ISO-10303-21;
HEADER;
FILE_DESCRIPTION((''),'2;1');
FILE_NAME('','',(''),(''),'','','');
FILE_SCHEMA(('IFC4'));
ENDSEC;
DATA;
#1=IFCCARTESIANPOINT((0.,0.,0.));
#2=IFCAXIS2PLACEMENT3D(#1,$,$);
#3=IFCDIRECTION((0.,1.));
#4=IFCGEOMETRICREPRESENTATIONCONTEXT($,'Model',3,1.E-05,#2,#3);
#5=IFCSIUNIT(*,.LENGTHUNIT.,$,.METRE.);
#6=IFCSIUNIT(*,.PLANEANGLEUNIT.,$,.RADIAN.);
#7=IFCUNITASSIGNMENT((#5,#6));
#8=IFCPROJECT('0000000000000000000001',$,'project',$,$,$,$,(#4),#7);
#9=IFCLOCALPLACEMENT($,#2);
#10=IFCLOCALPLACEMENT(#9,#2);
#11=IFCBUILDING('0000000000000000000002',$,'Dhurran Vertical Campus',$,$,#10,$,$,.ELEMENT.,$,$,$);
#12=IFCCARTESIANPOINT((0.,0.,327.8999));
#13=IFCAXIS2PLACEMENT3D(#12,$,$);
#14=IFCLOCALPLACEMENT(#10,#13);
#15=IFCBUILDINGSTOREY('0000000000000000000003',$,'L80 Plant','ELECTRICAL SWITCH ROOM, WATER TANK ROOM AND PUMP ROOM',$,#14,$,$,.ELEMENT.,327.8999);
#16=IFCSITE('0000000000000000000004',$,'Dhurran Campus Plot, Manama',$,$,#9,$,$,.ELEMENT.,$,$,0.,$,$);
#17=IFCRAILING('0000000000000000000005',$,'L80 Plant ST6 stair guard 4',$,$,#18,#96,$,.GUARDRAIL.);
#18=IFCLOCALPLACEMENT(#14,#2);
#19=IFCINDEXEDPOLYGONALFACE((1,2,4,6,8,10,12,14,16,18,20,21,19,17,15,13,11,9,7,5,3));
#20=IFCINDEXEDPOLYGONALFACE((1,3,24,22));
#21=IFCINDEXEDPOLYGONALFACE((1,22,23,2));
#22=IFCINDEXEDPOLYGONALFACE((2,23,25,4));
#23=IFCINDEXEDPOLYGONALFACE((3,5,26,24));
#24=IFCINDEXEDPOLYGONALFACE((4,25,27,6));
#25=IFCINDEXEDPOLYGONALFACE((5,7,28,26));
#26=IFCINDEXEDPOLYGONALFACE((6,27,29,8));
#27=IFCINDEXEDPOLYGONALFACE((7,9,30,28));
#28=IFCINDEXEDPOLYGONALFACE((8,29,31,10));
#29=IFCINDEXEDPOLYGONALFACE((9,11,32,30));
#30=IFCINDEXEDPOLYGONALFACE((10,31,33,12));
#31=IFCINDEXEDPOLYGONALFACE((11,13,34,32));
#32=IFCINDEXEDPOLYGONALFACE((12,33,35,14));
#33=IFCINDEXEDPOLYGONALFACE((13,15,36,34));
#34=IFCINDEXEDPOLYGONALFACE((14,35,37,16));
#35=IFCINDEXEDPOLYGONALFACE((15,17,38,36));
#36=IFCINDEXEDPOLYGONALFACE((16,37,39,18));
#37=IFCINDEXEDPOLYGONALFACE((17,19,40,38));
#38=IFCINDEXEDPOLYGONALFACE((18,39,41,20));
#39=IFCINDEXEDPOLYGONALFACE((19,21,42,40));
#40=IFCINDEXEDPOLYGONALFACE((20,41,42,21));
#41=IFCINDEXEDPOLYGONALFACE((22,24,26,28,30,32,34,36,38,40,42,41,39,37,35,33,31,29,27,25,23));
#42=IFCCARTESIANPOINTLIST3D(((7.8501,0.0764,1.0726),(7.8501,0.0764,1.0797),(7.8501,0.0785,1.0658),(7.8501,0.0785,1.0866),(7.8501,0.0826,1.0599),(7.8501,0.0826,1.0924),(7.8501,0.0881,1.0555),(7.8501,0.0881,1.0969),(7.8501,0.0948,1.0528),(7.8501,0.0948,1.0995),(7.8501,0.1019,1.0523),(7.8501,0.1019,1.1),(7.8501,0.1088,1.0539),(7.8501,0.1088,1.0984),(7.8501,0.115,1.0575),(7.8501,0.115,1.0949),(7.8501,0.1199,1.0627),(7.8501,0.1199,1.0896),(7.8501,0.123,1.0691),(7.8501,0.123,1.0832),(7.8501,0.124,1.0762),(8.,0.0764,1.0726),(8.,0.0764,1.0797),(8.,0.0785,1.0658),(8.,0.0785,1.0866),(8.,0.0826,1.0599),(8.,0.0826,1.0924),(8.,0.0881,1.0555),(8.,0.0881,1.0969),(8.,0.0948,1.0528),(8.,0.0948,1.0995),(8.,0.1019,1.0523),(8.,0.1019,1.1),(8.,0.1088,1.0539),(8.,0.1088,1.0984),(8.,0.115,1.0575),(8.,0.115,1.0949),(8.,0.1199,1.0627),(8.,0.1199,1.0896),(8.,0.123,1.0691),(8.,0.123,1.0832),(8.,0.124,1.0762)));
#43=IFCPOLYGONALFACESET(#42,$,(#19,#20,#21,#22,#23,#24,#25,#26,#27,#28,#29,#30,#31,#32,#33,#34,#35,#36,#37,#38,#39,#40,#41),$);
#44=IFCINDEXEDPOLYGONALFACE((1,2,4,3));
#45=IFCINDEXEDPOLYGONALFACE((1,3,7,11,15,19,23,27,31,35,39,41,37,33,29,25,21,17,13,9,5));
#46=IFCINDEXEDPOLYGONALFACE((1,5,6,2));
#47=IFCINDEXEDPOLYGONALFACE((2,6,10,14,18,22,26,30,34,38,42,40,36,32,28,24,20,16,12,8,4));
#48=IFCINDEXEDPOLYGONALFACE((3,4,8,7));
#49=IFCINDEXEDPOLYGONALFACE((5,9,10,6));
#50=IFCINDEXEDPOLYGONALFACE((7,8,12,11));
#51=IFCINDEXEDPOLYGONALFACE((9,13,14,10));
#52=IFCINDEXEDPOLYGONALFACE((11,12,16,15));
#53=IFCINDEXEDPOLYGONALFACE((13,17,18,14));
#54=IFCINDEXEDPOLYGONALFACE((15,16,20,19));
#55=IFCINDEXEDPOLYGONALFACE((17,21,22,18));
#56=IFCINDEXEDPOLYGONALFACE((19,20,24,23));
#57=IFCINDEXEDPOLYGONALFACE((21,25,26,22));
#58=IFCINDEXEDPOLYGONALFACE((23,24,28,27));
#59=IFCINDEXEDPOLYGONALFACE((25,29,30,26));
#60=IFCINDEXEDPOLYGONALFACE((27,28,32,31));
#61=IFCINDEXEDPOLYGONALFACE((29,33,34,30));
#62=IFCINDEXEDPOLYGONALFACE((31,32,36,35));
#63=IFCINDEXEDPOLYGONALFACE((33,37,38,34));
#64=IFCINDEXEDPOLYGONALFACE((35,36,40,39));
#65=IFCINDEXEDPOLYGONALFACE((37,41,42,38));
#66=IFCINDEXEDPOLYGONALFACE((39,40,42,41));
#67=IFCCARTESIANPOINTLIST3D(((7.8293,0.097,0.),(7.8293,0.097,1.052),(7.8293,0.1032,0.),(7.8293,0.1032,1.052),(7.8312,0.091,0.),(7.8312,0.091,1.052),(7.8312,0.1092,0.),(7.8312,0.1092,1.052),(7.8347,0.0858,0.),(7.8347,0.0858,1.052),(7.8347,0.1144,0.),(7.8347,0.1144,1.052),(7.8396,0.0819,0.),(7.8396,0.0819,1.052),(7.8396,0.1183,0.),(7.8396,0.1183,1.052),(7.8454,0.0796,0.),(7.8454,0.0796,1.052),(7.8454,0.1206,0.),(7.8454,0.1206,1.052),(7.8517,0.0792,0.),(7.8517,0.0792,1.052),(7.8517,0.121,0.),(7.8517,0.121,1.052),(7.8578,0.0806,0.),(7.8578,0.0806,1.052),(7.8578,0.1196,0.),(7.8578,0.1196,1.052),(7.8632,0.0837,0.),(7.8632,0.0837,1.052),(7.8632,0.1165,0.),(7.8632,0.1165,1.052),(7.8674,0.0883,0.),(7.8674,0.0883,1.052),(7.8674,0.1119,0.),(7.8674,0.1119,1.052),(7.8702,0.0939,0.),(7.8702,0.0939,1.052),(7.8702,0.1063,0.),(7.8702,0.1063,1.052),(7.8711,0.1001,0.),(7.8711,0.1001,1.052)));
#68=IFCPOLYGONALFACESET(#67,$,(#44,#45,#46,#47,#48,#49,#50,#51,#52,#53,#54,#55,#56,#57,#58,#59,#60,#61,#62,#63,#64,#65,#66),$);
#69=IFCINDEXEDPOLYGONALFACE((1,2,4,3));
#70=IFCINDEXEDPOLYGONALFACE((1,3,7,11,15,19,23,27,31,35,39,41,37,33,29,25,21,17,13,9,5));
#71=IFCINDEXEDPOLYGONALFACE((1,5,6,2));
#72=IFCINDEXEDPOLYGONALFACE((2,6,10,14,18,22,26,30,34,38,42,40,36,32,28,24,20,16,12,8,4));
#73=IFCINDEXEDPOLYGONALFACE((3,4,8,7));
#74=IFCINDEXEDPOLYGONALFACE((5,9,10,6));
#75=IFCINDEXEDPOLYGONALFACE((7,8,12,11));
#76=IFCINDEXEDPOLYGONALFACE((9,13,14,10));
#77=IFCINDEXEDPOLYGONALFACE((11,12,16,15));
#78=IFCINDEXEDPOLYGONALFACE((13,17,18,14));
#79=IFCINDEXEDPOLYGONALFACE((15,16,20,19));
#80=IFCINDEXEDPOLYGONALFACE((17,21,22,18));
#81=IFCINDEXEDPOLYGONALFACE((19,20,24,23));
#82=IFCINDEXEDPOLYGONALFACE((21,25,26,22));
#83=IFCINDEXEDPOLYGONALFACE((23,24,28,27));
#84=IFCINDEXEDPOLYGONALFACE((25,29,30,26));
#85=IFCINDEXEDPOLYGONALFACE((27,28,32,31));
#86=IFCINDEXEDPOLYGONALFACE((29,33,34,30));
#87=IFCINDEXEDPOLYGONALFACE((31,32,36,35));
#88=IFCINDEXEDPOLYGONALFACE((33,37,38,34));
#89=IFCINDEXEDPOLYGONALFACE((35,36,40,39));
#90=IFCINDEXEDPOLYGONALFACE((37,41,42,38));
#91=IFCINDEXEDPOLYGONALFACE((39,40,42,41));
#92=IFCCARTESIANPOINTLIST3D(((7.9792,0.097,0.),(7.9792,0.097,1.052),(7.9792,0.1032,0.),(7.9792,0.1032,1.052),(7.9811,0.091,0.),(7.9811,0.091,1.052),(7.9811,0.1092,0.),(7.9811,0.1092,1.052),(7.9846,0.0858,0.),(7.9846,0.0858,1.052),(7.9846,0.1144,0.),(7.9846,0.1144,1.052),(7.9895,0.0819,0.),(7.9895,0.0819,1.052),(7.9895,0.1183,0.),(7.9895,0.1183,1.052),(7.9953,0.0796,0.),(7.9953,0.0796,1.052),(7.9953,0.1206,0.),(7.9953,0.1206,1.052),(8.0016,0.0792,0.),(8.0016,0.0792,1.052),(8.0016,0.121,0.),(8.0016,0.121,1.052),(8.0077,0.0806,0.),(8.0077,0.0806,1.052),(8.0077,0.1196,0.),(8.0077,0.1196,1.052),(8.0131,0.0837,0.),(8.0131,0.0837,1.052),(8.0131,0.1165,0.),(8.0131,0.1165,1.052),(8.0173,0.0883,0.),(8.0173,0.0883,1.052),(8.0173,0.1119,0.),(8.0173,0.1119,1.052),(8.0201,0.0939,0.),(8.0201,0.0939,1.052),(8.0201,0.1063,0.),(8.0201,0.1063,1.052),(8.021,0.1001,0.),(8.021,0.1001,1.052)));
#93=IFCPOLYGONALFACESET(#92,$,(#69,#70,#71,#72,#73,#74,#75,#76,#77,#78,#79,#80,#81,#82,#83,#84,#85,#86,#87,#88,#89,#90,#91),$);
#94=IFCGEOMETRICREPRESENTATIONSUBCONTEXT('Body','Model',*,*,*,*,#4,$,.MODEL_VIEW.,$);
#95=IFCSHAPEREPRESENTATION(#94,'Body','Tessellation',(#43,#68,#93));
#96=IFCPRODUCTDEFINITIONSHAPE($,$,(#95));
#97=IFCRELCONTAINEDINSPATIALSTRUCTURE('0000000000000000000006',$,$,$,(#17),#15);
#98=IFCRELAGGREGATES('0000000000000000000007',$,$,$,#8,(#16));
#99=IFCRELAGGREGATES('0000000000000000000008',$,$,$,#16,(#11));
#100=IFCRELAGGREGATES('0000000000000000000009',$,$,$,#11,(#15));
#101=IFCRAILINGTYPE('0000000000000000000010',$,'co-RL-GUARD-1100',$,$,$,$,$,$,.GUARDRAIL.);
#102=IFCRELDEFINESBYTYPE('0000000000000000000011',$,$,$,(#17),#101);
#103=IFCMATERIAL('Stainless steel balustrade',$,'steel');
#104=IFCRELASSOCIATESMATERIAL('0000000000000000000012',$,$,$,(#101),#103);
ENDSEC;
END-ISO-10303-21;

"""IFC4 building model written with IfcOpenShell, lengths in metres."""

from ifc_helpers import new_model, si_unit, direction, frame, origin, origin_2d, place, context, subcontext, project, spatial, circle, extrude, material, type_object, element, save


model = new_model("IFC4")

# Units and contexts
model_context = context("Model", 3, precision=1e-05, world=origin(), true_north=direction((0.0, 1.0)))
body_context = subcontext(model_context, "Body", "Model", "MODEL_VIEW")
ifc_project = project(units=[si_unit("LENGTHUNIT", "METRE"), si_unit("PLANEANGLEUNIT", "RADIAN")], contexts=[model_context])

# Site, building, storey
site_placement = place(None, origin())
site = spatial("IfcSite", under=ifc_project, at=site_placement, Name="Dhurran Campus Plot, Manama", CompositionType="ELEMENT", RefElevation=0.0)
building_placement = place(site_placement, origin())
building = spatial("IfcBuilding", under=site, at=building_placement, Name="Dhurran Vertical Campus", CompositionType="ELEMENT")
storey_placement = place(building_placement, frame((0.0, 0.0, 327.8999)))
storey = spatial("IfcBuildingStorey", under=building, at=storey_placement, Name="L80 Plant", Description="ELECTRICAL SWITCH ROOM, WATER TANK ROOM AND PUMP ROOM", CompositionType="ELEMENT", Elevation=327.8999)

# Railing
ifc_material_1 = material(Name="Stainless steel balustrade", Category="steel")
railing_type_1 = type_object("IfcRailingType", Name="co-RL-GUARD-1100", PredefinedType="GUARDRAIL", material=ifc_material_1)
railing_1_placement = place(storey_placement, frame((7.8501, 0.1001, 0.0)))
element("IfcRailing", 1, at=railing_1_placement, inside=storey, type_object=railing_type_1, Name="L80 Plant ST6 stair guard 4", PredefinedType="GUARDRAIL", context=body_context, shape_type="SweptSolid", body=[
    extrude(circle(Radius=0.0239, at=origin_2d()), frame((0.0, 0.0, 1.0762), z_axis=(1.0, 0.0, 0.0), x_axis=(0.0, 1.0, 0.0)), (0.0, 0.0, 1.0), 0.1499),
    extrude(circle(Radius=0.021, at=origin_2d()), origin(), (0.0, 0.0, 1.0), 1.052),
    extrude(circle(Radius=0.021, at=origin_2d()), frame((0.1499, 0.0, 0.0)), (0.0, 0.0, 1.0), 1.052),
])

save(model, "model.ifc")
